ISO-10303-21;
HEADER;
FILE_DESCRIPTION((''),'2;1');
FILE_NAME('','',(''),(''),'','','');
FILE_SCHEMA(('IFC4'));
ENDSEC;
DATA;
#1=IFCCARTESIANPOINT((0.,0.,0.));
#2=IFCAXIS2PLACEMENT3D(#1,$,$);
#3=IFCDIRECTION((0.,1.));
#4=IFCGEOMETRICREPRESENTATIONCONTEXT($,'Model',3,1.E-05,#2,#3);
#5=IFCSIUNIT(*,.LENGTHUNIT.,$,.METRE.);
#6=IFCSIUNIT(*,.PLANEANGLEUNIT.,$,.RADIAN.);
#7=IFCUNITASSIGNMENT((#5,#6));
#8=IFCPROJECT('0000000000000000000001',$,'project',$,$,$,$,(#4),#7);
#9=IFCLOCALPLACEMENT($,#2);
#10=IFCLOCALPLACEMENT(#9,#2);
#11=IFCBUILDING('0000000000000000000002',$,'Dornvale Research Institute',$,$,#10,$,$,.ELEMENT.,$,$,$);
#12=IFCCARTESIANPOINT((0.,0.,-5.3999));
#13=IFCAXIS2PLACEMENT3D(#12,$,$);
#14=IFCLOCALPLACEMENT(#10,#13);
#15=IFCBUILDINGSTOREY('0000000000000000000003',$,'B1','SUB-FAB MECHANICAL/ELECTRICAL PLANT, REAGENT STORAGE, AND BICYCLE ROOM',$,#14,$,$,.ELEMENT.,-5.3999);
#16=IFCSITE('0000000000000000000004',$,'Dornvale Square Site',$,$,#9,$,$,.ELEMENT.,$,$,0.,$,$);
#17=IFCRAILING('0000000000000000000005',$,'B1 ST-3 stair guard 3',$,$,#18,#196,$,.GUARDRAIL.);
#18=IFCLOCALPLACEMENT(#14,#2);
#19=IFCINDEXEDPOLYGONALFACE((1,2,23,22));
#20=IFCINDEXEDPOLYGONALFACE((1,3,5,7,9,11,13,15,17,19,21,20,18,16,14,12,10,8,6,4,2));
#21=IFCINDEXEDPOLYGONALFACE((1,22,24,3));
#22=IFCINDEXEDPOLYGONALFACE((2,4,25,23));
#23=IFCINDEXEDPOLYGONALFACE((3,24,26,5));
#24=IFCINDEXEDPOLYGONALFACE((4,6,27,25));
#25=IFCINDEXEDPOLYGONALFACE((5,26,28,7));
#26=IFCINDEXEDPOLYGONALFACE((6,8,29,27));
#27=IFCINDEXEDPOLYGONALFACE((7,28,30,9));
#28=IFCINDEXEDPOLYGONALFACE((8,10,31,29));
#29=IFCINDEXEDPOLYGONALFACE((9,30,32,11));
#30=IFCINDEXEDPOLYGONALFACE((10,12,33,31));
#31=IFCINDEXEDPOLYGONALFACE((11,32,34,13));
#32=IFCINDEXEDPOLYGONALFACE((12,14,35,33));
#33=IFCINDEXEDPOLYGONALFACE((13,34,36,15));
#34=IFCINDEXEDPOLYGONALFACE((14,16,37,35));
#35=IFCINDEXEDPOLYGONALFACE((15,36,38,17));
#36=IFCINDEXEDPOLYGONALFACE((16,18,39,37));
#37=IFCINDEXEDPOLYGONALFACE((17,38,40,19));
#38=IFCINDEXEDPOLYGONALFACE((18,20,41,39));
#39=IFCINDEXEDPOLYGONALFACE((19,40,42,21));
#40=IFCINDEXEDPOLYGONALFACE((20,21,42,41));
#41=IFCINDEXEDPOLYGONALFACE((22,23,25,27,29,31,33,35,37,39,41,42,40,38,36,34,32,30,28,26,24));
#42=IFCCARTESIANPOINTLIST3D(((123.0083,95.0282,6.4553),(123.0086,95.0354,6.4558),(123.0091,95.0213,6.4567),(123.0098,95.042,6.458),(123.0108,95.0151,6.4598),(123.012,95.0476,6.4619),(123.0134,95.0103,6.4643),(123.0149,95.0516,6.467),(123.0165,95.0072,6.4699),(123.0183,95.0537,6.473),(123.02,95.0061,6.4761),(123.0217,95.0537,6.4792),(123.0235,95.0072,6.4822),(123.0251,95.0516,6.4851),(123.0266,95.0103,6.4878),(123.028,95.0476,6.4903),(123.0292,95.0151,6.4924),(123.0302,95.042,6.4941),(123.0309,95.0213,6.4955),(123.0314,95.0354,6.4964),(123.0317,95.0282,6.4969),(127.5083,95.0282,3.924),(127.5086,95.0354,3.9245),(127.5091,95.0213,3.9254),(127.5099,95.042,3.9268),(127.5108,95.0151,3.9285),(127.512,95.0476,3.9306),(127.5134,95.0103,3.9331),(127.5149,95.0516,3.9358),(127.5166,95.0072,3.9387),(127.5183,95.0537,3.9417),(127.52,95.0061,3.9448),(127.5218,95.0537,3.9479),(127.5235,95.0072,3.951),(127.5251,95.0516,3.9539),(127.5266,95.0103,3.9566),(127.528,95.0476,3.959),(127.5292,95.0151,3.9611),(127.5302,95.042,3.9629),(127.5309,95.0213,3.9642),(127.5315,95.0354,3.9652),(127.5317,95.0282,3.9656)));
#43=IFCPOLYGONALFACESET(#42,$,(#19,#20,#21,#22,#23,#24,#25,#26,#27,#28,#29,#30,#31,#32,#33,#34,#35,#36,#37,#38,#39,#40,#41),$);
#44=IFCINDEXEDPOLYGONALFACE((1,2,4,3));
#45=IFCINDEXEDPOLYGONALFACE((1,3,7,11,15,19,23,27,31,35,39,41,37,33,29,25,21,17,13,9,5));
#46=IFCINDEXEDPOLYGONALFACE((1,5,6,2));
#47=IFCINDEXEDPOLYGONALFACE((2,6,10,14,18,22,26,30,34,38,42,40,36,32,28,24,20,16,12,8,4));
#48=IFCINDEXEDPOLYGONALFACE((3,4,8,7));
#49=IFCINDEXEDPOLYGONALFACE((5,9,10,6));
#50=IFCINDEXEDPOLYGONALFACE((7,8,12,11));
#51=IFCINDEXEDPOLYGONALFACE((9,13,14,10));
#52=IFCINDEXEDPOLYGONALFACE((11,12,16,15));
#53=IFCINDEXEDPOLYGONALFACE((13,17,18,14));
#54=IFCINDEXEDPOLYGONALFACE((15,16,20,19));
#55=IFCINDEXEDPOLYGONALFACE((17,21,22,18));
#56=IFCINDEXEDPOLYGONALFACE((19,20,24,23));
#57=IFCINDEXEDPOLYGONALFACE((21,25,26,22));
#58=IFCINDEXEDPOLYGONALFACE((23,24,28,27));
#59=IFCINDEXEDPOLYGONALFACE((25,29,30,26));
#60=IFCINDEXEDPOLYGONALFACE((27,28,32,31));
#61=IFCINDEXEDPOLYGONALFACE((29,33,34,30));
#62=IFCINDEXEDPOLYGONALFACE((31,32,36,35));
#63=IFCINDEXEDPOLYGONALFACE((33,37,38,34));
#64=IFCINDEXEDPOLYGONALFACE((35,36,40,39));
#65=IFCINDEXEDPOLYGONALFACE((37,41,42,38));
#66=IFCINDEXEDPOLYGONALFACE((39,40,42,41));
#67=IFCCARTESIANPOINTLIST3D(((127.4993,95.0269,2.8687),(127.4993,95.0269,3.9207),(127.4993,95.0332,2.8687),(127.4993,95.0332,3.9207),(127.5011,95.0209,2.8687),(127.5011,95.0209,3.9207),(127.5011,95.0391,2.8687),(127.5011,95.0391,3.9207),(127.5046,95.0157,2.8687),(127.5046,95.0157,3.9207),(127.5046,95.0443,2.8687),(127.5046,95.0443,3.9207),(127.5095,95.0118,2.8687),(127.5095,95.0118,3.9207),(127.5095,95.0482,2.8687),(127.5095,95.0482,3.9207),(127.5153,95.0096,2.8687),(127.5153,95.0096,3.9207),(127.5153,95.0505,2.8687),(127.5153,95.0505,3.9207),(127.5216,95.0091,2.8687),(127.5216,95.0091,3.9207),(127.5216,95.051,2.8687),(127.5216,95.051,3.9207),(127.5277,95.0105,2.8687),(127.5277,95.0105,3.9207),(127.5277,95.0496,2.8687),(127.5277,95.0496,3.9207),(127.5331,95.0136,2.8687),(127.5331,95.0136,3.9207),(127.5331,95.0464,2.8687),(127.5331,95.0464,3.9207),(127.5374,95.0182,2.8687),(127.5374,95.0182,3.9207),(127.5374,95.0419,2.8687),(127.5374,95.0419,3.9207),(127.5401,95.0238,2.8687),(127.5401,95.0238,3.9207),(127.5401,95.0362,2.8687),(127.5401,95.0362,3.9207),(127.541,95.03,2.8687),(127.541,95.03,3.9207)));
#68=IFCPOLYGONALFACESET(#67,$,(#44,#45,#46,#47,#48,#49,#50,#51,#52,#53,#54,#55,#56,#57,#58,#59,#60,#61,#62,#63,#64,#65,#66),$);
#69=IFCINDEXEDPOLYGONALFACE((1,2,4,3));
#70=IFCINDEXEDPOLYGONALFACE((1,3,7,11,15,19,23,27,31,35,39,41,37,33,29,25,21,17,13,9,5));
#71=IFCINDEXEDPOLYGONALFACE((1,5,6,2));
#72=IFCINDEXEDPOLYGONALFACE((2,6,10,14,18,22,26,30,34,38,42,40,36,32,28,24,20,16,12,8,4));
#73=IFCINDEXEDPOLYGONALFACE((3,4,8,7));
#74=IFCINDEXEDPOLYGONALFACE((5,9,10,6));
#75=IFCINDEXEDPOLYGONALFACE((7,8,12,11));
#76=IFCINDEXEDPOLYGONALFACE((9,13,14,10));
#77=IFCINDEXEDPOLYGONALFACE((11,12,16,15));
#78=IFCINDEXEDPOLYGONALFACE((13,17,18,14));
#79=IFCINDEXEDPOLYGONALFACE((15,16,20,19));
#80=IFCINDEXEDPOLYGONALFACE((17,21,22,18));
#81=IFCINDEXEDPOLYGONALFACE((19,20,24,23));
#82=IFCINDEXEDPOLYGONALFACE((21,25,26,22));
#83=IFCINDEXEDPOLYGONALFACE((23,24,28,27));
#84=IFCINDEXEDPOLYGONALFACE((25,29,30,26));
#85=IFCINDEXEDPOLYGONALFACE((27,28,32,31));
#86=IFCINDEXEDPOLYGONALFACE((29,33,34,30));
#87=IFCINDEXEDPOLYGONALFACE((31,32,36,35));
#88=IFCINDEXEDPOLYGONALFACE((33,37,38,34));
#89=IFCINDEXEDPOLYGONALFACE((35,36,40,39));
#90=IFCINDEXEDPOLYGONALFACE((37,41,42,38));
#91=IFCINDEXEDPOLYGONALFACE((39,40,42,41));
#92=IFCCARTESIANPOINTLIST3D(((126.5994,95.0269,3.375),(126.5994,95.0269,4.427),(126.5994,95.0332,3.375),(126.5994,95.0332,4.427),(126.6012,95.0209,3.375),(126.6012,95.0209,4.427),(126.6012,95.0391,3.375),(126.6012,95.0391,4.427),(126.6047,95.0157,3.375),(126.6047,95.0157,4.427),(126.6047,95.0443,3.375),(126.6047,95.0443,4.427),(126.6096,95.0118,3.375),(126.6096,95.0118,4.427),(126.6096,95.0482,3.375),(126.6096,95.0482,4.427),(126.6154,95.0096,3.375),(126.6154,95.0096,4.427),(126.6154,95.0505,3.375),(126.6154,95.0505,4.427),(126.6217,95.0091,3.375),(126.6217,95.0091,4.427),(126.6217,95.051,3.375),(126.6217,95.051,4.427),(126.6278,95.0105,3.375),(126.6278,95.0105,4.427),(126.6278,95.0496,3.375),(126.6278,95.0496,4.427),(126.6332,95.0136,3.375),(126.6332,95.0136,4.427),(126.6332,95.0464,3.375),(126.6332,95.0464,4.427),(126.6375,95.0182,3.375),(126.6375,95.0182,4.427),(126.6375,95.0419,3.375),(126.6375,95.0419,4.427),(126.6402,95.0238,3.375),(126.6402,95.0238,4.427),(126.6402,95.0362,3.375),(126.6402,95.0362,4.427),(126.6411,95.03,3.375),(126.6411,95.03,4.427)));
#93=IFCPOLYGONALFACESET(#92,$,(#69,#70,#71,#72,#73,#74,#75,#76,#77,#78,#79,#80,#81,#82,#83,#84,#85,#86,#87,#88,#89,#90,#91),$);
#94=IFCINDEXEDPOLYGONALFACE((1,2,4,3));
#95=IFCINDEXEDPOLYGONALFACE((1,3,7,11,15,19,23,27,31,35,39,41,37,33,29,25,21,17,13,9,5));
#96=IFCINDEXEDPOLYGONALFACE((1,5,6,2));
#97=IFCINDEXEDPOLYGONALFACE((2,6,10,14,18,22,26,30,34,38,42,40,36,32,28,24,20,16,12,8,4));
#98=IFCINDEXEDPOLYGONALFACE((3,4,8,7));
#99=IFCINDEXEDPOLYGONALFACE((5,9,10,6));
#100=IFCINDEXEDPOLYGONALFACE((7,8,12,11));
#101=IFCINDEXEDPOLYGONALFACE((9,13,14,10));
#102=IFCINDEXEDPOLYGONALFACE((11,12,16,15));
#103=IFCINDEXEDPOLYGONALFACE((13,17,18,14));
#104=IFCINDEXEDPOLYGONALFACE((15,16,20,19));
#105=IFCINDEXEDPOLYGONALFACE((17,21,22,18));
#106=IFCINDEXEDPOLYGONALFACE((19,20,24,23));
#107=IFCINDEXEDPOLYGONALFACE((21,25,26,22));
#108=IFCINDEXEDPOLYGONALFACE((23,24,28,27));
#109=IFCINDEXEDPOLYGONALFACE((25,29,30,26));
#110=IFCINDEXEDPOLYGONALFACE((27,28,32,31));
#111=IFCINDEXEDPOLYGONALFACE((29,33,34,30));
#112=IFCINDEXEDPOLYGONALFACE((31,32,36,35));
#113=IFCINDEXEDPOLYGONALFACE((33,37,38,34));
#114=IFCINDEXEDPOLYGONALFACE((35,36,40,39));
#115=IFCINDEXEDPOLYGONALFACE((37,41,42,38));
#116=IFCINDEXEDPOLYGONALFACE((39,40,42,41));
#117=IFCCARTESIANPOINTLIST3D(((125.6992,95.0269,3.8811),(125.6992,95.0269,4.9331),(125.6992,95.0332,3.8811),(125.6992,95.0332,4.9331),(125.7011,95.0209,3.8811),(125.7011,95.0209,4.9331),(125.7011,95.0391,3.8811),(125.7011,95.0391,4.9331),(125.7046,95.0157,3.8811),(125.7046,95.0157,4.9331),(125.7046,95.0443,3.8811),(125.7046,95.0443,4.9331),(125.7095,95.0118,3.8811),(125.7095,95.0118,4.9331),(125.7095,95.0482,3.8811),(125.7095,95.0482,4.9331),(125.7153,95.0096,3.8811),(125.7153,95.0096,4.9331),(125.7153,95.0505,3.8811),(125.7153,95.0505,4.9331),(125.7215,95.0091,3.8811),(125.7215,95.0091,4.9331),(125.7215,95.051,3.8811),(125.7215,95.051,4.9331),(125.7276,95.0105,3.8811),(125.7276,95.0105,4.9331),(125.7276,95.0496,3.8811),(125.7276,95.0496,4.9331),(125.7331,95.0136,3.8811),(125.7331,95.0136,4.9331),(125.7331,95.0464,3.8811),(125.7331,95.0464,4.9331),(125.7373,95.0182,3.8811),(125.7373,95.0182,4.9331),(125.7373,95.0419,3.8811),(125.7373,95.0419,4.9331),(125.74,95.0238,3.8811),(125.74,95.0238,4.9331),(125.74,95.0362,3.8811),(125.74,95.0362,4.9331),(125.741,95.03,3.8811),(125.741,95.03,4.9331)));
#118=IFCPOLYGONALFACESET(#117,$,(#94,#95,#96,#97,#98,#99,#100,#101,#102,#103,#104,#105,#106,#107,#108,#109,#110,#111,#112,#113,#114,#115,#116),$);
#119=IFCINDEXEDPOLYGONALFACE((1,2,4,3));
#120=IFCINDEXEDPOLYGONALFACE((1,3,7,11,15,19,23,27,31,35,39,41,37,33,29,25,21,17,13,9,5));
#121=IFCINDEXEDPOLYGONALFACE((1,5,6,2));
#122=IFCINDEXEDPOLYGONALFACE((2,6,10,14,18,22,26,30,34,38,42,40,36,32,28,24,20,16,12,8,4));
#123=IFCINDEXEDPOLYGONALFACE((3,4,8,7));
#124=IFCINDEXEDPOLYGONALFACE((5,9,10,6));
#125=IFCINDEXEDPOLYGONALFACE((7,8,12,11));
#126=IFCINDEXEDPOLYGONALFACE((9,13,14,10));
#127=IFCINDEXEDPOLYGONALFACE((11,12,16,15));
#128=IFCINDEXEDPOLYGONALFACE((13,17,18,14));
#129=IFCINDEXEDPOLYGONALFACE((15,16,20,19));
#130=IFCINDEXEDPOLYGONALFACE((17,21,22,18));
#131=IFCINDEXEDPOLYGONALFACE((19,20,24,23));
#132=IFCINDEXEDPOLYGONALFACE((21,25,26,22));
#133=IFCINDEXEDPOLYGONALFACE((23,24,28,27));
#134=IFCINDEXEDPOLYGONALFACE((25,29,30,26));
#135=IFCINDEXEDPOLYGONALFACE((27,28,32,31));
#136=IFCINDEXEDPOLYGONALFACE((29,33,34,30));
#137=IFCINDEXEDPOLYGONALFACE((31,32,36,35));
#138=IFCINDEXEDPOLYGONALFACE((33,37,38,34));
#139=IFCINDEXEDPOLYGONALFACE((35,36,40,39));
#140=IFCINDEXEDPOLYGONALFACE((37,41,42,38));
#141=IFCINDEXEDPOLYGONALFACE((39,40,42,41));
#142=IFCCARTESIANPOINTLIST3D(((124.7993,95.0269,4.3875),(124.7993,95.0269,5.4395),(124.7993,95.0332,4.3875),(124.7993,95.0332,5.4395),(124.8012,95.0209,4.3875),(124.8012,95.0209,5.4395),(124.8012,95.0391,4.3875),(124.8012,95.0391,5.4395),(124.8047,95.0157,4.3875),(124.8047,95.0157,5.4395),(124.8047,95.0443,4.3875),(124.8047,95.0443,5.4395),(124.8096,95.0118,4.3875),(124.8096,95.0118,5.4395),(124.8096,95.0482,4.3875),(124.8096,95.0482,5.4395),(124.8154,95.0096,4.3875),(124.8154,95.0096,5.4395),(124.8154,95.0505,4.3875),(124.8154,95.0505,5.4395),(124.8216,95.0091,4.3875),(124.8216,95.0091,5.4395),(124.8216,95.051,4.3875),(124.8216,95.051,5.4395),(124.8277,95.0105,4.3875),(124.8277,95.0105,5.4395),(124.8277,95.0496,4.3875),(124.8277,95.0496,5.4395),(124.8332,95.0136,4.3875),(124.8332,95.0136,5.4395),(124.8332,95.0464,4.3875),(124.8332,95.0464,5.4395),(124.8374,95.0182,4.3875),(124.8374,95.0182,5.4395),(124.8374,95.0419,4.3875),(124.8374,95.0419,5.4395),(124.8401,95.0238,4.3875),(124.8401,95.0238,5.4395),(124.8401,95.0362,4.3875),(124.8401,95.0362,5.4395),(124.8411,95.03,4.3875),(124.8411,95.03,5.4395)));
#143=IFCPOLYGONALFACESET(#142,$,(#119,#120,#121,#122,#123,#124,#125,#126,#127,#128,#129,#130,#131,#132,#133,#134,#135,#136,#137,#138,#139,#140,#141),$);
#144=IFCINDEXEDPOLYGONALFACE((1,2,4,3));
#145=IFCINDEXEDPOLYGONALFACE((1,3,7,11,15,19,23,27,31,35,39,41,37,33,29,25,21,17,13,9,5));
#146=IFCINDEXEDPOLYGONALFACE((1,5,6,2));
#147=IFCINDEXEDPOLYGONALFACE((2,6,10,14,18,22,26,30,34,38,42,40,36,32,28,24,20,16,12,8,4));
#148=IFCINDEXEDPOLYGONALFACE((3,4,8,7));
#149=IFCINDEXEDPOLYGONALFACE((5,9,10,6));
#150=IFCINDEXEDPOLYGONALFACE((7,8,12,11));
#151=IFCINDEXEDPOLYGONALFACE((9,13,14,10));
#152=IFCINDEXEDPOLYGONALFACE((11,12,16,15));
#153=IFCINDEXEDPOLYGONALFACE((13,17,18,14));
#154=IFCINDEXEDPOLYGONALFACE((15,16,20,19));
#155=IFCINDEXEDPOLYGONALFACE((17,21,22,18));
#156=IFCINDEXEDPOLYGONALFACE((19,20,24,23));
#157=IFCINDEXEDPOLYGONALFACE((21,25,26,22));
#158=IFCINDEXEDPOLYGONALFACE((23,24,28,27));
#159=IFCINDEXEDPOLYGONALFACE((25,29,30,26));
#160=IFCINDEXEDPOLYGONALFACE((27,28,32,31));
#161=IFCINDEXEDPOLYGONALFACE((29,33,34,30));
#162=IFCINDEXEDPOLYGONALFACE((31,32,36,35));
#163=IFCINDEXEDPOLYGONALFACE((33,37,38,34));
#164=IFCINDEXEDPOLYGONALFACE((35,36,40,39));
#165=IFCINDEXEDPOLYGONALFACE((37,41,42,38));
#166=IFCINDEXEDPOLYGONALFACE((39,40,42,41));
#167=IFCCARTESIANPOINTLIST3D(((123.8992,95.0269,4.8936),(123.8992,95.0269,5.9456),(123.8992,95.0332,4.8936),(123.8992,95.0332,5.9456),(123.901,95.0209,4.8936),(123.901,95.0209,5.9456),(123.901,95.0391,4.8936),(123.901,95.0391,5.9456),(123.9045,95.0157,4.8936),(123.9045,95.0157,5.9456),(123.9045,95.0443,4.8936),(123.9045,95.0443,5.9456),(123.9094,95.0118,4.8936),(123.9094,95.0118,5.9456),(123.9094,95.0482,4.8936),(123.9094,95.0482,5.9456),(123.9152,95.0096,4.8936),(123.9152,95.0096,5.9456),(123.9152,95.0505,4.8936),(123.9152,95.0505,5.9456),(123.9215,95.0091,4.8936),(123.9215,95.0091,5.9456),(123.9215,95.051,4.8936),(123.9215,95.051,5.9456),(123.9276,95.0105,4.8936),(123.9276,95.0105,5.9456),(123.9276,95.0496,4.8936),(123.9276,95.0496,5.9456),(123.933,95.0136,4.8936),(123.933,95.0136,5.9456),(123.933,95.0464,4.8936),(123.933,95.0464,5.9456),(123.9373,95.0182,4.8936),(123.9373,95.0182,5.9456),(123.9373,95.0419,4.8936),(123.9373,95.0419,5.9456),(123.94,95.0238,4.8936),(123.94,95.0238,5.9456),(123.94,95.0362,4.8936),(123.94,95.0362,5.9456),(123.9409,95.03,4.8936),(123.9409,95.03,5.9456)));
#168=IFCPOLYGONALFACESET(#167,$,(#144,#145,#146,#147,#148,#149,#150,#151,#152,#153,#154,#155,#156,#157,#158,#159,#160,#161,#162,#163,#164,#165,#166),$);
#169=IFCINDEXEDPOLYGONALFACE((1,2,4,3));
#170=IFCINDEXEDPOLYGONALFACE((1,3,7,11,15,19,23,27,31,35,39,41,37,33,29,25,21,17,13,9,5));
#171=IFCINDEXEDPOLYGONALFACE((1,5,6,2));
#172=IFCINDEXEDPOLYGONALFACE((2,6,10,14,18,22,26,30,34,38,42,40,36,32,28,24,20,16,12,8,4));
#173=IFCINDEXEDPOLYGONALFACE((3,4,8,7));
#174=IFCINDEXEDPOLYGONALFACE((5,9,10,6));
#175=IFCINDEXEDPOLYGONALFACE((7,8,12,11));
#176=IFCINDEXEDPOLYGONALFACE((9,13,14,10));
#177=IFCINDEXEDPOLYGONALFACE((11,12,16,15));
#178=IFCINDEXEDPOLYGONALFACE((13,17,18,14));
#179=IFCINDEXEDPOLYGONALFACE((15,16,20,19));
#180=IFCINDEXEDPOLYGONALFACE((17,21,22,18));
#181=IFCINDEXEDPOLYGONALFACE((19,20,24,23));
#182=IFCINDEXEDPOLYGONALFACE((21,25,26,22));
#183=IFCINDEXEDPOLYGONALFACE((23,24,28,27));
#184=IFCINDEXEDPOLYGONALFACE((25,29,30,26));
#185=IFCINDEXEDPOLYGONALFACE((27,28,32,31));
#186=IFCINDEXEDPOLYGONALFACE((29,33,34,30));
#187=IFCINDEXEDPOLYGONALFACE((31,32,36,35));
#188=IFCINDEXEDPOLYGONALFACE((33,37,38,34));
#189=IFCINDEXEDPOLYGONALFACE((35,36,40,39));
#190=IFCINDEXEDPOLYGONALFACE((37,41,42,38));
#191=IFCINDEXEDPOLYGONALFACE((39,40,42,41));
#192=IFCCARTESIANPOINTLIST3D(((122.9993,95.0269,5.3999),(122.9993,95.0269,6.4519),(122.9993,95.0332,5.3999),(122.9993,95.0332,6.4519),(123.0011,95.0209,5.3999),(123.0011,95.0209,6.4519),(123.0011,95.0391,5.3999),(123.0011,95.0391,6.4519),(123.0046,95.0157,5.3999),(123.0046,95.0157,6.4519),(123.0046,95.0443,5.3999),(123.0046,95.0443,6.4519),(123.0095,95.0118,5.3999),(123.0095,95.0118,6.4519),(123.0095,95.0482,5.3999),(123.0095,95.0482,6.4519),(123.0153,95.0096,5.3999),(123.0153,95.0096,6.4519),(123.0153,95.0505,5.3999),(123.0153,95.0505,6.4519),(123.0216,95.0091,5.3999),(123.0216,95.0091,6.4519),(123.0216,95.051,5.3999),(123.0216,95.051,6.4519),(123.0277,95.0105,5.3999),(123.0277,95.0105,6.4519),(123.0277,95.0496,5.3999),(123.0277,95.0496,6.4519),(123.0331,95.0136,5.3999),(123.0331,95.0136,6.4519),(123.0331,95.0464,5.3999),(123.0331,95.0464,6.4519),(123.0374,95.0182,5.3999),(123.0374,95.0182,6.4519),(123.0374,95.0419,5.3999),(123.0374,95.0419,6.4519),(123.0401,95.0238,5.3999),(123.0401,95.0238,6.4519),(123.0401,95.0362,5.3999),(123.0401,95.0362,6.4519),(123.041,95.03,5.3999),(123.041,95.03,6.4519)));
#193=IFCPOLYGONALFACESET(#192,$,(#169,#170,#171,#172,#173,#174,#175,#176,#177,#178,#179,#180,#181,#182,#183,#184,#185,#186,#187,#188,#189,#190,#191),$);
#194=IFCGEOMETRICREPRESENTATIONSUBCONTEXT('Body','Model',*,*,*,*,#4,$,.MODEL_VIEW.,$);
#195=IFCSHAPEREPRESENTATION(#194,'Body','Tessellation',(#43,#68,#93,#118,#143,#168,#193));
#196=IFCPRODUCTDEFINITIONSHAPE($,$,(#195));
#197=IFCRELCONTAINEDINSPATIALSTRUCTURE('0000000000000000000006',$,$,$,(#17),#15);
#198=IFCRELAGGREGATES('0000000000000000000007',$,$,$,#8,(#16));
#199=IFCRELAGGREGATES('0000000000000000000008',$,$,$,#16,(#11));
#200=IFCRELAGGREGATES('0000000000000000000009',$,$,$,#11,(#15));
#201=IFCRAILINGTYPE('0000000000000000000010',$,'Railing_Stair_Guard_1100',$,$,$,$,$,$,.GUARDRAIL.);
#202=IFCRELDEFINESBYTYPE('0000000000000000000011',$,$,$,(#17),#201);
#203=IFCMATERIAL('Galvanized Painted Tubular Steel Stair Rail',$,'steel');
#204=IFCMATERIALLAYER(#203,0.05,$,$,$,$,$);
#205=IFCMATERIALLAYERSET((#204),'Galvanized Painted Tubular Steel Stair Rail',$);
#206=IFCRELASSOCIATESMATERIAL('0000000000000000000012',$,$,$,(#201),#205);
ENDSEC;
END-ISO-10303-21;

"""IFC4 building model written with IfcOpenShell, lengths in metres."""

from ifc_helpers import new_model, si_unit, direction, frame, origin, origin_2d, place, context, subcontext, project, spatial, circle, extrude, material, layer, layer_set, type_object, element, save


model = new_model("IFC4")

# Units and contexts
model_context = context("Model", 3, precision=1e-05, world=origin(), true_north=direction((0.0, 1.0)))
body_context = subcontext(model_context, "Body", "Model", "MODEL_VIEW")
ifc_project = project(units=[si_unit("LENGTHUNIT", "METRE"), si_unit("PLANEANGLEUNIT", "RADIAN")], contexts=[model_context])

# Site, building, storey
site_placement = place(None, origin())
site = spatial("IfcSite", under=ifc_project, at=site_placement, Name="Dornvale Square Site", CompositionType="ELEMENT", RefElevation=0.0)
building_placement = place(site_placement, origin())
building = spatial("IfcBuilding", under=site, at=building_placement, Name="Dornvale Research Institute", CompositionType="ELEMENT")
storey_placement = place(building_placement, frame((0.0, 0.0, -5.3999)))
storey = spatial("IfcBuildingStorey", under=building, at=storey_placement, Name="B1", Description="SUB-FAB MECHANICAL/ELECTRICAL PLANT, REAGENT STORAGE, AND BICYCLE ROOM", CompositionType="ELEMENT", Elevation=-5.3999)

# Railing
ifc_material_1 = material(Name="Galvanized Painted Tubular Steel Stair Rail", Category="steel")
ifc_layer_1 = layer(ifc_material_1, 0.05)
ifc_layer_set_1 = layer_set([ifc_layer_1], Name="Galvanized Painted Tubular Steel Stair Rail")
railing_type_1 = type_object("IfcRailingType", Name="Railing_Stair_Guard_1100", PredefinedType="GUARDRAIL", material=ifc_layer_set_1)
railing_1_placement = place(storey_placement, frame((127.52, 95.03, 2.8687)))
element("IfcRailing", 1, at=railing_1_placement, inside=storey, type_object=railing_type_1, Name="B1 ST-3 stair guard 3", PredefinedType="GUARDRAIL", context=body_context, shape_type="SweptSolid", body=[
    extrude(circle(Radius=0.0239, at=origin_2d()), frame((0.0, 0.0, 1.0762), z_axis=(-0.871576, 0.0, 0.490261), x_axis=(0.0, -1.0, 0.0)), (0.0, 0.0, 1.0), 5.1631),
    extrude(circle(Radius=0.021, at=origin_2d()), origin(), (0.0, 0.0, 1.0), 1.052),
    extrude(circle(Radius=0.021, at=origin_2d()), frame((-0.8999, 0.0, 0.5063)), (0.0, 0.0, 1.0), 1.052),
    extrude(circle(Radius=0.021, at=origin_2d()), frame((-1.8, 0.0, 1.0125)), (0.0, 0.0, 1.0), 1.052),
    extrude(circle(Radius=0.021, at=origin_2d()), frame((-2.7, 0.0, 1.5188)), (0.0, 0.0, 1.0), 1.052),
    extrude(circle(Radius=0.021, at=origin_2d()), frame((-3.6001, 0.0, 2.0249)), (0.0, 0.0, 1.0), 1.052),
    extrude(circle(Radius=0.021, at=origin_2d()), frame((-4.5, 0.0, 2.5312)), (0.0, 0.0, 1.0), 1.052),
])

save(model, "model.ifc")
